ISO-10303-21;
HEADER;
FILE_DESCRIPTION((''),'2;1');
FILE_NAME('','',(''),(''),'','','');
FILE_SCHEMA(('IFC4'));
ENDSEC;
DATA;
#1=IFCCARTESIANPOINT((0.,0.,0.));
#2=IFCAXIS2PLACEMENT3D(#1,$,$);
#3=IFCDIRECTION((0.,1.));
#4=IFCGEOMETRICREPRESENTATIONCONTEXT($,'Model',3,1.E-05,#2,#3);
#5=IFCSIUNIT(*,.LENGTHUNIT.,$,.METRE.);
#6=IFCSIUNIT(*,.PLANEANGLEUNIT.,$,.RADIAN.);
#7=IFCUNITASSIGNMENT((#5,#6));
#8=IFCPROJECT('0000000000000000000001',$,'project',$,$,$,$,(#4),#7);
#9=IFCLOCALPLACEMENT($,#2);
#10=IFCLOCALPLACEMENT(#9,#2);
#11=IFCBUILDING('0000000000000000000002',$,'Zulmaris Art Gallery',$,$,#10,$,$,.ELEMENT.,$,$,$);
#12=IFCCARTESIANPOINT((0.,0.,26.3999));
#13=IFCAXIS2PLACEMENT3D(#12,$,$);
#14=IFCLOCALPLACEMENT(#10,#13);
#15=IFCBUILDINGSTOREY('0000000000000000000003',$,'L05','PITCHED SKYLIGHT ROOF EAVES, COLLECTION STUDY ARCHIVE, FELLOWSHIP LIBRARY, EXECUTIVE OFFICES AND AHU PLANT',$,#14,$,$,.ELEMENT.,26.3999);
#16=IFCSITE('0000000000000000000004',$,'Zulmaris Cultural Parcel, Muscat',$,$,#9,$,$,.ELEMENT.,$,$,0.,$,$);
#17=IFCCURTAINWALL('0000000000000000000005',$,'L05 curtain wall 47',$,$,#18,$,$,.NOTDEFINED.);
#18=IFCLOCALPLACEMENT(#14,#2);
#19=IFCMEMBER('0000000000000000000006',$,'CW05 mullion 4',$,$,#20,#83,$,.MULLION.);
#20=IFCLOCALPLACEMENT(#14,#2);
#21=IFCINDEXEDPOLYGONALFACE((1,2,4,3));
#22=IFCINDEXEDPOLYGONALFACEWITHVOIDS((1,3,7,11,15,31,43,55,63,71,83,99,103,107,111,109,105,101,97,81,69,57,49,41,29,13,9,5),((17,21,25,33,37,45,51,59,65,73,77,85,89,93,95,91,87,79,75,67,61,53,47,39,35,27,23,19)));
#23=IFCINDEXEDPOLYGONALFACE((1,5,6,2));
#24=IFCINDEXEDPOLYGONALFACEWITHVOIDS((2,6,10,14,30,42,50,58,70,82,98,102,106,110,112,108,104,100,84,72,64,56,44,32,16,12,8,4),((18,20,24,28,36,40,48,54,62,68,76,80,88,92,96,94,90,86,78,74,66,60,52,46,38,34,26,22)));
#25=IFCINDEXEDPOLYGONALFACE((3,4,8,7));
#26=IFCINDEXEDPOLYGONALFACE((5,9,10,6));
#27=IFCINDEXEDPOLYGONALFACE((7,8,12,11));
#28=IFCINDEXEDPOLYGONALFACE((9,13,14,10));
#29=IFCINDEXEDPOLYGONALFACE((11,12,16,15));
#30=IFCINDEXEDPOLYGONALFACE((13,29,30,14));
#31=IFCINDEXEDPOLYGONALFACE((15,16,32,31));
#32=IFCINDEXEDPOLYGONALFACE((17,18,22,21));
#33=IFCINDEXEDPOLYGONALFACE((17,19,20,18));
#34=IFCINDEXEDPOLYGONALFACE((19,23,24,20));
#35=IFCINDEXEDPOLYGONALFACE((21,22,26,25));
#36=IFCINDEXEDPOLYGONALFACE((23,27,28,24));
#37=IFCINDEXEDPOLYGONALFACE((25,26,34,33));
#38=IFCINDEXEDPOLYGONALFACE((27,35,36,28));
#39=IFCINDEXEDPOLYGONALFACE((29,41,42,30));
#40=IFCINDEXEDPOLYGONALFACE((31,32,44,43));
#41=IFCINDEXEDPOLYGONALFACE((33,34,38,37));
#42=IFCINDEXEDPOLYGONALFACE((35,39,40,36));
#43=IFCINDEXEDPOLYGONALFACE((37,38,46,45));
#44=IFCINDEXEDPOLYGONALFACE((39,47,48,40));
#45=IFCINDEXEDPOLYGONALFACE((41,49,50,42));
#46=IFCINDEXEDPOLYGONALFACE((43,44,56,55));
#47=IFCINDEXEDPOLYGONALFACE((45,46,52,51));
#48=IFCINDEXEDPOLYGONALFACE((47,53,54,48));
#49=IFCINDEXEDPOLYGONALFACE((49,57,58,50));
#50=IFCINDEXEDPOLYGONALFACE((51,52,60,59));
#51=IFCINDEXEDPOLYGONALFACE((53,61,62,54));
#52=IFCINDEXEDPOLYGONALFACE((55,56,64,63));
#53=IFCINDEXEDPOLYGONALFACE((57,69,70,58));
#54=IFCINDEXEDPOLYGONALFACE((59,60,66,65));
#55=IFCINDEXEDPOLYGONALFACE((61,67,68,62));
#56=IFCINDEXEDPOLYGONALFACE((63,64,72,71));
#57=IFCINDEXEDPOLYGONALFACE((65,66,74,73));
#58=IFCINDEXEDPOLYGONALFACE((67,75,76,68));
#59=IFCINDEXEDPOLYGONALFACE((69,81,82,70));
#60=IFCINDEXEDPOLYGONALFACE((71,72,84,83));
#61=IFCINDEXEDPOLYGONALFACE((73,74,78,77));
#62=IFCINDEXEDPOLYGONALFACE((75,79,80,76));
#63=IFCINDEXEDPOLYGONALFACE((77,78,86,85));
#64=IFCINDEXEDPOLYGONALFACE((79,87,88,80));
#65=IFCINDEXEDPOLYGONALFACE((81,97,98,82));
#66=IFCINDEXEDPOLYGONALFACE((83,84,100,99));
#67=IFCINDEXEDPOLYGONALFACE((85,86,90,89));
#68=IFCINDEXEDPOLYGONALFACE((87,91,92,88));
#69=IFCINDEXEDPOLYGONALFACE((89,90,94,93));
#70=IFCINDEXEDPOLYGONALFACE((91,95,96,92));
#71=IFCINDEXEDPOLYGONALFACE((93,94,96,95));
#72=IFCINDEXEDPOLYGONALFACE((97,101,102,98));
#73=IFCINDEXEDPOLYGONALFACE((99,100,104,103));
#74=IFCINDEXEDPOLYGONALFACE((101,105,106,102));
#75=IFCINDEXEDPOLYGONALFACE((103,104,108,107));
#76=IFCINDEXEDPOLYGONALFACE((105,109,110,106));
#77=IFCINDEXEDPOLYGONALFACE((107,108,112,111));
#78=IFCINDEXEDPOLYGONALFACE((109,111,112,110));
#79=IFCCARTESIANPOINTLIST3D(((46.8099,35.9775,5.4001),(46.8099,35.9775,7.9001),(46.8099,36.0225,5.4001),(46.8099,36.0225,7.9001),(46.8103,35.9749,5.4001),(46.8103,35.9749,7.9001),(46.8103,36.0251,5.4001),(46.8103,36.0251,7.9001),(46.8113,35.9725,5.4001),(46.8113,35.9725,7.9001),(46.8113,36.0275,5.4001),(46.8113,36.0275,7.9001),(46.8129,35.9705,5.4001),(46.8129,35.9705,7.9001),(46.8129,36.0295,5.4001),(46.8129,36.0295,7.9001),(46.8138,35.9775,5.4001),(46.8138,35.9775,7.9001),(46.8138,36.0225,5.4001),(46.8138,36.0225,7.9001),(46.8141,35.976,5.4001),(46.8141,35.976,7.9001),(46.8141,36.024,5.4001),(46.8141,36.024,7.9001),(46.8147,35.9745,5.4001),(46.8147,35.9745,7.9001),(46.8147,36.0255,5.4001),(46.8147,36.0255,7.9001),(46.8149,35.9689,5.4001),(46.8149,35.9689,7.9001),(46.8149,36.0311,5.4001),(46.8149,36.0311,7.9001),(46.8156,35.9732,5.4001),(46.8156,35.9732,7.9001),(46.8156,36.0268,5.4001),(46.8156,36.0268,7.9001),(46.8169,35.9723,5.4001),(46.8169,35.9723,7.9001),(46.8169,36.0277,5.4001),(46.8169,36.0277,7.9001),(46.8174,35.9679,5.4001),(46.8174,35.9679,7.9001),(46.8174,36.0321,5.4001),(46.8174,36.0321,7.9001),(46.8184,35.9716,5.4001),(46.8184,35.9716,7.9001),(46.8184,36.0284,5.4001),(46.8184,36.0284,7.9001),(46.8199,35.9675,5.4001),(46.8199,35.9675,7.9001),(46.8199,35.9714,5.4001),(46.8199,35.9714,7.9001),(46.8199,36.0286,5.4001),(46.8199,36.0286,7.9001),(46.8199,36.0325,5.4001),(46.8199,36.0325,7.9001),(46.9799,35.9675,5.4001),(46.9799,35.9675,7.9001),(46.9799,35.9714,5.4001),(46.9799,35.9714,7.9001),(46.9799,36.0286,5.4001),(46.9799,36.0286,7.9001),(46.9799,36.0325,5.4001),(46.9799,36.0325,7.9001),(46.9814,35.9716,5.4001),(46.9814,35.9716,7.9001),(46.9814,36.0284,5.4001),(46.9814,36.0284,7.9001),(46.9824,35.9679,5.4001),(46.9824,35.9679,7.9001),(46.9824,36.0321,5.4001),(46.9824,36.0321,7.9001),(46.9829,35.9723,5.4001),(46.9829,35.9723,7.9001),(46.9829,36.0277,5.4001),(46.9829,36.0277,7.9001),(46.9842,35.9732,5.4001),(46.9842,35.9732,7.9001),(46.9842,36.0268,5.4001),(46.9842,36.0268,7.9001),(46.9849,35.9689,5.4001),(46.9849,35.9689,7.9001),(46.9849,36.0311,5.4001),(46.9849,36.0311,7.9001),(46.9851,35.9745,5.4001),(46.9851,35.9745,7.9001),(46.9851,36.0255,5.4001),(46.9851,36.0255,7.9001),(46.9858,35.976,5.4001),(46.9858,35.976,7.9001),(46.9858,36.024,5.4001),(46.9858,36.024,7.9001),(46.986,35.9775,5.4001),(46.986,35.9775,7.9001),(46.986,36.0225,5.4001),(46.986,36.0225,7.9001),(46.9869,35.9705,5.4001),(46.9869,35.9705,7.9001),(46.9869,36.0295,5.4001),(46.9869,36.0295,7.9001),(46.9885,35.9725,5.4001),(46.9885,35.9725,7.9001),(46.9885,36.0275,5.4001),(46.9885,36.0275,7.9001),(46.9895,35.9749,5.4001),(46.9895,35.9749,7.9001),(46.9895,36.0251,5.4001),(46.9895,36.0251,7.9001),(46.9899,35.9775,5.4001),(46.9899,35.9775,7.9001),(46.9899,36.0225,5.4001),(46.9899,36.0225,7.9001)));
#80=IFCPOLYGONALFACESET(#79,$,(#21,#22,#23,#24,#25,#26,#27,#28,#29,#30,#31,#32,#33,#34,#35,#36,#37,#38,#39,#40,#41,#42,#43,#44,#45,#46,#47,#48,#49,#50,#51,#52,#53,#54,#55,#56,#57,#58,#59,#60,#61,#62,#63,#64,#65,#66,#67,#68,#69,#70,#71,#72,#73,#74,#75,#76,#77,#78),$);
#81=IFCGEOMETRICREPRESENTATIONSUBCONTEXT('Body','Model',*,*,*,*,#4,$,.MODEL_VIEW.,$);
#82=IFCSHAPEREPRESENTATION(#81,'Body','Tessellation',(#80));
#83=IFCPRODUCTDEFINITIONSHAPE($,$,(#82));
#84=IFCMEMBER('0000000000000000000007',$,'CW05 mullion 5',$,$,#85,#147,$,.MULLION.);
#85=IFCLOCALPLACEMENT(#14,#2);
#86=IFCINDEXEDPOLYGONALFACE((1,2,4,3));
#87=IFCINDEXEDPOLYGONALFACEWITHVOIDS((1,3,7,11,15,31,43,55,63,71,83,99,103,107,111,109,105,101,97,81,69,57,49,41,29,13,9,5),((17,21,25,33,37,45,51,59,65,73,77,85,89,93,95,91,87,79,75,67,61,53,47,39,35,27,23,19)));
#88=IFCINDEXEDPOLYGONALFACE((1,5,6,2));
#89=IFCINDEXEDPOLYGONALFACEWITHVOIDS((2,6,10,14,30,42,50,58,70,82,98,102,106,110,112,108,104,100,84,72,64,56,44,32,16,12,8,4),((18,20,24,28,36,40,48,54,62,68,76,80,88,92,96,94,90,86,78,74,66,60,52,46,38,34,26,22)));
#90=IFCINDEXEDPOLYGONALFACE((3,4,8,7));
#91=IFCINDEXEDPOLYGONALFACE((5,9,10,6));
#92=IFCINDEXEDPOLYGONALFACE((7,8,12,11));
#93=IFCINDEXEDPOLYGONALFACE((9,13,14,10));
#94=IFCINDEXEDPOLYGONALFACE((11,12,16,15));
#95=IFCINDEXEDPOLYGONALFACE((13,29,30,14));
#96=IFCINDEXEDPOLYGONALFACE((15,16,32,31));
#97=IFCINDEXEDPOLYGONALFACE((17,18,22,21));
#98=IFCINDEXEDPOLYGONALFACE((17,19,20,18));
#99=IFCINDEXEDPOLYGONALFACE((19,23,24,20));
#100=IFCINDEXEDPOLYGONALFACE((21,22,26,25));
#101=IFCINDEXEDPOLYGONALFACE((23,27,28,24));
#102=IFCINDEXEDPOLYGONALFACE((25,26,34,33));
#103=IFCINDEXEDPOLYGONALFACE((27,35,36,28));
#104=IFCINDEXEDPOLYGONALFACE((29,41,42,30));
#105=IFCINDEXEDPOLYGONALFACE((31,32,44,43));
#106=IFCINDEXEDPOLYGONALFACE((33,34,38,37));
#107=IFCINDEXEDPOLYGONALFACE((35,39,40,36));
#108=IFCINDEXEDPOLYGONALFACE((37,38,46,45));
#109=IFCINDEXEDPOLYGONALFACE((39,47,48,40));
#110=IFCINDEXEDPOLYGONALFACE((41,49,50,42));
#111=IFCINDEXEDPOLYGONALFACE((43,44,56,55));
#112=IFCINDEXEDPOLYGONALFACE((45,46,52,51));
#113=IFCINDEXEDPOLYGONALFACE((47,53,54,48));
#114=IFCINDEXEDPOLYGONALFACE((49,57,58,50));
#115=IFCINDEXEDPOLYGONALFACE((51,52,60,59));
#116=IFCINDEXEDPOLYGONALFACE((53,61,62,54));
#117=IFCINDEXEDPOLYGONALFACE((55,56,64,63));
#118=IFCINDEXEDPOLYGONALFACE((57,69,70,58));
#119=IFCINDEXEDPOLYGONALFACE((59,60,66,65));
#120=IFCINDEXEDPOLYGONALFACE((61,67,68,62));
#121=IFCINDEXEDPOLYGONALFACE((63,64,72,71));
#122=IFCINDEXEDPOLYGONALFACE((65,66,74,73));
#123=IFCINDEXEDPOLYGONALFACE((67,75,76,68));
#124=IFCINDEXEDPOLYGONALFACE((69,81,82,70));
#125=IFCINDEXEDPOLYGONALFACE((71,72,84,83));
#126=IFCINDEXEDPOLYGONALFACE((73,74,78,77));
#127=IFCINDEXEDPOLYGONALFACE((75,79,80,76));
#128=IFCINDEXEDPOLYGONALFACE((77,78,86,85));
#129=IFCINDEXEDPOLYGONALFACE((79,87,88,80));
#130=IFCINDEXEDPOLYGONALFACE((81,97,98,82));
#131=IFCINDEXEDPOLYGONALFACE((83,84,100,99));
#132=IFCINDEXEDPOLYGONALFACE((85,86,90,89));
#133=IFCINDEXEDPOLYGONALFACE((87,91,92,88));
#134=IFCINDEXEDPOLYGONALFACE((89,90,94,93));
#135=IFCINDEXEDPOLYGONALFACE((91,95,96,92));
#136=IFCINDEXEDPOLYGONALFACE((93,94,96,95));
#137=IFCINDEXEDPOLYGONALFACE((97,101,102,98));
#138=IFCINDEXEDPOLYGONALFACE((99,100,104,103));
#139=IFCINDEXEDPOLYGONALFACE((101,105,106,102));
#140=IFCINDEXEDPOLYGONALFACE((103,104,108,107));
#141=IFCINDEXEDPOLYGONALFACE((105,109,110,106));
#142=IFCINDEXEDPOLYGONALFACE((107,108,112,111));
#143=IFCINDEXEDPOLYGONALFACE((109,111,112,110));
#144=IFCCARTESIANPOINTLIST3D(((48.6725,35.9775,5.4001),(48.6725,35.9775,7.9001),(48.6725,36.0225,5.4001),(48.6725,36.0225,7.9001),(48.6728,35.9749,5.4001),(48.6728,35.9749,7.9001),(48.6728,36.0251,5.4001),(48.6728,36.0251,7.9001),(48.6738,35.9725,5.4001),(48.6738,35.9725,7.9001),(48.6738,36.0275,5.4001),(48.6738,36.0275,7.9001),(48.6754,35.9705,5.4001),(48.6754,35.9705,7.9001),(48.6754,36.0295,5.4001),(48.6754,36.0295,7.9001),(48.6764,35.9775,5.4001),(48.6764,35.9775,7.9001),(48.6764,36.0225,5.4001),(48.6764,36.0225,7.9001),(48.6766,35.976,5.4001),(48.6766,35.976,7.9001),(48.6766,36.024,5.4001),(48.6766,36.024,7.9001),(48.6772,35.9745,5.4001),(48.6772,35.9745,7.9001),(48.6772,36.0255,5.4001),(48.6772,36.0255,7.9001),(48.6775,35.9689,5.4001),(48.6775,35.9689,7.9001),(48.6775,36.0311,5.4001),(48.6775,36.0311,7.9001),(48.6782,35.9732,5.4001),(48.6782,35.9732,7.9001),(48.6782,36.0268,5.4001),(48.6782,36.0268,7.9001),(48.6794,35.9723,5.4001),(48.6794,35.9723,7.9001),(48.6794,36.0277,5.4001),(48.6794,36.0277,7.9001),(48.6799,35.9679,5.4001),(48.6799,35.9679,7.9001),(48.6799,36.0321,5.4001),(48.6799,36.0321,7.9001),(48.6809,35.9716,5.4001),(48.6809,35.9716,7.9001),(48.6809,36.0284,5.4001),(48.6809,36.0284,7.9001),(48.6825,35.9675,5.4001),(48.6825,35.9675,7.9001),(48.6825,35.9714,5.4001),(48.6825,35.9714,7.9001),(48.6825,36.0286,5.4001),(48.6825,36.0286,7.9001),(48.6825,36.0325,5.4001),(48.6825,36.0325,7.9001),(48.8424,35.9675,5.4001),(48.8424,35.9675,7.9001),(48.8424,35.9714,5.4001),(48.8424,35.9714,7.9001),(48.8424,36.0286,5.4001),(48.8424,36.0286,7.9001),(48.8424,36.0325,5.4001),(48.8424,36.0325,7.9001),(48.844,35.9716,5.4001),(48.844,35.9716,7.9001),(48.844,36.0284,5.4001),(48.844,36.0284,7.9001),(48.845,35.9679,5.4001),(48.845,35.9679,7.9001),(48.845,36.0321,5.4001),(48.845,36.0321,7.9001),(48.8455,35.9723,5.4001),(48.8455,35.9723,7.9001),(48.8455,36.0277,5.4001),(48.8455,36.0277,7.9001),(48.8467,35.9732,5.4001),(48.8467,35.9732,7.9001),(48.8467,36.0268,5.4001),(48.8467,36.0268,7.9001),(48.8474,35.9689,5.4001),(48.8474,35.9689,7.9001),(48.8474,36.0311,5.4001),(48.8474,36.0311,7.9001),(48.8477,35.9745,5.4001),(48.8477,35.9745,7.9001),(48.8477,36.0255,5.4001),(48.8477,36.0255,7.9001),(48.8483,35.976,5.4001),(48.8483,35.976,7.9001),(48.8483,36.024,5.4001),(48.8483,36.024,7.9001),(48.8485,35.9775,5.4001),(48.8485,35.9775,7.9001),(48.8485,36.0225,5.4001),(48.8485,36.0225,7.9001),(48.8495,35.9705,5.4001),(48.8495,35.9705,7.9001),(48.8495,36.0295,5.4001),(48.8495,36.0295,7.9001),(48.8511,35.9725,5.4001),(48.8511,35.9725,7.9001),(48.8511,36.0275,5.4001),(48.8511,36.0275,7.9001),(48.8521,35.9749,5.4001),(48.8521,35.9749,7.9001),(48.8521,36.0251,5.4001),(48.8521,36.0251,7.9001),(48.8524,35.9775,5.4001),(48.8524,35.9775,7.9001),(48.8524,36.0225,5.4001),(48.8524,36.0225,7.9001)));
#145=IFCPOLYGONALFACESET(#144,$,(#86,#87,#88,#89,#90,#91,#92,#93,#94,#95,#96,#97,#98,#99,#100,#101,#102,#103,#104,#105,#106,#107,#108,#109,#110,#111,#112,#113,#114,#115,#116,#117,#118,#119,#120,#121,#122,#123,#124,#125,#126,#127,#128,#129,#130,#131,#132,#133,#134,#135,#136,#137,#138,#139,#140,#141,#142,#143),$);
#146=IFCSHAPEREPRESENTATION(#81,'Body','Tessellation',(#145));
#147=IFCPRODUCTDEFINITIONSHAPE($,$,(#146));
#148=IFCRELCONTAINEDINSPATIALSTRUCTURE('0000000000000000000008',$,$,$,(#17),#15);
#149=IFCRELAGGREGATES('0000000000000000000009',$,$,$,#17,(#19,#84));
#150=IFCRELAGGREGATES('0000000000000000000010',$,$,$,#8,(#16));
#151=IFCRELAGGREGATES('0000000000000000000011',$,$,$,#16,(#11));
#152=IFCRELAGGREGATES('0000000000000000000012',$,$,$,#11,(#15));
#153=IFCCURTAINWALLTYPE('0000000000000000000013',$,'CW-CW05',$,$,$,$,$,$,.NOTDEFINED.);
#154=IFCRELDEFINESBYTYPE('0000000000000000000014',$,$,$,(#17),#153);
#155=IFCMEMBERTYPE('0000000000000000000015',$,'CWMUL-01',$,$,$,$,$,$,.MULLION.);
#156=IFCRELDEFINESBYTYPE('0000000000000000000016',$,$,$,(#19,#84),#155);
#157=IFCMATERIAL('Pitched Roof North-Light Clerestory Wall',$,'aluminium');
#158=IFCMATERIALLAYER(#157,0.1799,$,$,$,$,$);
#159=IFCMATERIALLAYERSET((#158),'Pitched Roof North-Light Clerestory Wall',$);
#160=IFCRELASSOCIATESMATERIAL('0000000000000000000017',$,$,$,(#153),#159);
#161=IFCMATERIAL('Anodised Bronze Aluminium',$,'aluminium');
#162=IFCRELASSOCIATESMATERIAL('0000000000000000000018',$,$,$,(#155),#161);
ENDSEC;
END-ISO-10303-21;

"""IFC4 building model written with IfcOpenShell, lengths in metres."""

from ifc_helpers import new_model, si_unit, direction, frame, origin, origin_2d, place, context, subcontext, project, spatial, hollow_rectangle, extrude, material, layer, layer_set, material_profile, profile_set, type_object, element, aggregate, save


model = new_model("IFC4")

# Units and contexts
model_context = context("Model", 3, precision=1e-05, world=origin(), true_north=direction((0.0, 1.0)))
body_context = subcontext(model_context, "Body", "Model", "MODEL_VIEW")
ifc_project = project(units=[si_unit("LENGTHUNIT", "METRE"), si_unit("PLANEANGLEUNIT", "RADIAN")], contexts=[model_context])

# Site, building, storey
site_placement = place(None, origin())
site = spatial("IfcSite", under=ifc_project, at=site_placement, Name="Zulmaris Cultural Parcel, Muscat", CompositionType="ELEMENT", RefElevation=0.0)
building_placement = place(site_placement, origin())
building = spatial("IfcBuilding", under=site, at=building_placement, Name="Zulmaris Art Gallery", CompositionType="ELEMENT")
storey_placement = place(building_placement, frame((0.0, 0.0, 26.3999)))
storey = spatial("IfcBuildingStorey", under=building, at=storey_placement, Name="L05", Description="PITCHED SKYLIGHT ROOF EAVES, COLLECTION STUDY ARCHIVE, FELLOWSHIP LIBRARY, EXECUTIVE OFFICES AND AHU PLANT", CompositionType="ELEMENT", Elevation=26.3999)

# Curtain wall, members
ifc_material_1 = material(Name="Pitched Roof North-Light Clerestory Wall", Category="aluminium")
ifc_layer_1 = layer(ifc_material_1, 0.1799)
ifc_layer_set_1 = layer_set([ifc_layer_1], Name="Pitched Roof North-Light Clerestory Wall")
curtain_wall_type = type_object("IfcCurtainWallType", Name="CW-CW05", PredefinedType="NOTDEFINED", material=ifc_layer_set_1)
curtain_wall_placement = place(storey_placement, origin())
curtain_wall = element("IfcCurtainWall", 1, at=curtain_wall_placement, inside=storey, type_object=curtain_wall_type, Name="L05 curtain wall 47", PredefinedType="NOTDEFINED")
ifc_material_2 = material(Name="Anodised Bronze Aluminium", Category="aluminium")
ifc_material_profile_1 = material_profile(ifc_material_2, hollow_rectangle(XDim=0.0649, YDim=0.1799, WallThickness=0.0039, InnerFilletRadius=0.0061, OuterFilletRadius=0.01, at=origin_2d()), Name="ALU 65x180x4")
ifc_profile_set_1 = profile_set([ifc_material_profile_1], Name="Anodised Bronze Aluminium")
member_type_1 = type_object("IfcMemberType", Name="CWMUL-01", PredefinedType="MULLION", material=ifc_profile_set_1)
member_1_placement = place(storey_placement, frame((46.8999, 36.0, 5.4001), z_axis=(0.0, 0.0, 1.0), x_axis=(0.0, 1.0, 0.0)))
member_1 = element("IfcMember", 2, at=member_1_placement, type_object=member_type_1, Name="CW05 mullion 4", PredefinedType="MULLION", context=body_context, shape_type="SweptSolid", body=[
    extrude(hollow_rectangle(XDim=0.0649, YDim=0.1799, WallThickness=0.0039, InnerFilletRadius=0.0061, OuterFilletRadius=0.01, at=origin_2d()), origin(), (0.0, 0.0, 1.0), 2.5),
])
member_2_placement = place(storey_placement, frame((48.7625, 36.0, 5.4001), z_axis=(0.0, 0.0, 1.0), x_axis=(0.0, 1.0, 0.0)))
member_2 = element("IfcMember", 3, at=member_2_placement, type_object=member_type_1, Name="CW05 mullion 5", PredefinedType="MULLION", context=body_context, shape_type="SweptSolid", body=[
    extrude(hollow_rectangle(XDim=0.0649, YDim=0.1799, WallThickness=0.0039, InnerFilletRadius=0.0061, OuterFilletRadius=0.01, at=origin_2d()), origin(), (0.0, 0.0, 1.0), 2.5),
])

aggregate(curtain_wall, [member_1, member_2])

save(model, "model.ifc")
